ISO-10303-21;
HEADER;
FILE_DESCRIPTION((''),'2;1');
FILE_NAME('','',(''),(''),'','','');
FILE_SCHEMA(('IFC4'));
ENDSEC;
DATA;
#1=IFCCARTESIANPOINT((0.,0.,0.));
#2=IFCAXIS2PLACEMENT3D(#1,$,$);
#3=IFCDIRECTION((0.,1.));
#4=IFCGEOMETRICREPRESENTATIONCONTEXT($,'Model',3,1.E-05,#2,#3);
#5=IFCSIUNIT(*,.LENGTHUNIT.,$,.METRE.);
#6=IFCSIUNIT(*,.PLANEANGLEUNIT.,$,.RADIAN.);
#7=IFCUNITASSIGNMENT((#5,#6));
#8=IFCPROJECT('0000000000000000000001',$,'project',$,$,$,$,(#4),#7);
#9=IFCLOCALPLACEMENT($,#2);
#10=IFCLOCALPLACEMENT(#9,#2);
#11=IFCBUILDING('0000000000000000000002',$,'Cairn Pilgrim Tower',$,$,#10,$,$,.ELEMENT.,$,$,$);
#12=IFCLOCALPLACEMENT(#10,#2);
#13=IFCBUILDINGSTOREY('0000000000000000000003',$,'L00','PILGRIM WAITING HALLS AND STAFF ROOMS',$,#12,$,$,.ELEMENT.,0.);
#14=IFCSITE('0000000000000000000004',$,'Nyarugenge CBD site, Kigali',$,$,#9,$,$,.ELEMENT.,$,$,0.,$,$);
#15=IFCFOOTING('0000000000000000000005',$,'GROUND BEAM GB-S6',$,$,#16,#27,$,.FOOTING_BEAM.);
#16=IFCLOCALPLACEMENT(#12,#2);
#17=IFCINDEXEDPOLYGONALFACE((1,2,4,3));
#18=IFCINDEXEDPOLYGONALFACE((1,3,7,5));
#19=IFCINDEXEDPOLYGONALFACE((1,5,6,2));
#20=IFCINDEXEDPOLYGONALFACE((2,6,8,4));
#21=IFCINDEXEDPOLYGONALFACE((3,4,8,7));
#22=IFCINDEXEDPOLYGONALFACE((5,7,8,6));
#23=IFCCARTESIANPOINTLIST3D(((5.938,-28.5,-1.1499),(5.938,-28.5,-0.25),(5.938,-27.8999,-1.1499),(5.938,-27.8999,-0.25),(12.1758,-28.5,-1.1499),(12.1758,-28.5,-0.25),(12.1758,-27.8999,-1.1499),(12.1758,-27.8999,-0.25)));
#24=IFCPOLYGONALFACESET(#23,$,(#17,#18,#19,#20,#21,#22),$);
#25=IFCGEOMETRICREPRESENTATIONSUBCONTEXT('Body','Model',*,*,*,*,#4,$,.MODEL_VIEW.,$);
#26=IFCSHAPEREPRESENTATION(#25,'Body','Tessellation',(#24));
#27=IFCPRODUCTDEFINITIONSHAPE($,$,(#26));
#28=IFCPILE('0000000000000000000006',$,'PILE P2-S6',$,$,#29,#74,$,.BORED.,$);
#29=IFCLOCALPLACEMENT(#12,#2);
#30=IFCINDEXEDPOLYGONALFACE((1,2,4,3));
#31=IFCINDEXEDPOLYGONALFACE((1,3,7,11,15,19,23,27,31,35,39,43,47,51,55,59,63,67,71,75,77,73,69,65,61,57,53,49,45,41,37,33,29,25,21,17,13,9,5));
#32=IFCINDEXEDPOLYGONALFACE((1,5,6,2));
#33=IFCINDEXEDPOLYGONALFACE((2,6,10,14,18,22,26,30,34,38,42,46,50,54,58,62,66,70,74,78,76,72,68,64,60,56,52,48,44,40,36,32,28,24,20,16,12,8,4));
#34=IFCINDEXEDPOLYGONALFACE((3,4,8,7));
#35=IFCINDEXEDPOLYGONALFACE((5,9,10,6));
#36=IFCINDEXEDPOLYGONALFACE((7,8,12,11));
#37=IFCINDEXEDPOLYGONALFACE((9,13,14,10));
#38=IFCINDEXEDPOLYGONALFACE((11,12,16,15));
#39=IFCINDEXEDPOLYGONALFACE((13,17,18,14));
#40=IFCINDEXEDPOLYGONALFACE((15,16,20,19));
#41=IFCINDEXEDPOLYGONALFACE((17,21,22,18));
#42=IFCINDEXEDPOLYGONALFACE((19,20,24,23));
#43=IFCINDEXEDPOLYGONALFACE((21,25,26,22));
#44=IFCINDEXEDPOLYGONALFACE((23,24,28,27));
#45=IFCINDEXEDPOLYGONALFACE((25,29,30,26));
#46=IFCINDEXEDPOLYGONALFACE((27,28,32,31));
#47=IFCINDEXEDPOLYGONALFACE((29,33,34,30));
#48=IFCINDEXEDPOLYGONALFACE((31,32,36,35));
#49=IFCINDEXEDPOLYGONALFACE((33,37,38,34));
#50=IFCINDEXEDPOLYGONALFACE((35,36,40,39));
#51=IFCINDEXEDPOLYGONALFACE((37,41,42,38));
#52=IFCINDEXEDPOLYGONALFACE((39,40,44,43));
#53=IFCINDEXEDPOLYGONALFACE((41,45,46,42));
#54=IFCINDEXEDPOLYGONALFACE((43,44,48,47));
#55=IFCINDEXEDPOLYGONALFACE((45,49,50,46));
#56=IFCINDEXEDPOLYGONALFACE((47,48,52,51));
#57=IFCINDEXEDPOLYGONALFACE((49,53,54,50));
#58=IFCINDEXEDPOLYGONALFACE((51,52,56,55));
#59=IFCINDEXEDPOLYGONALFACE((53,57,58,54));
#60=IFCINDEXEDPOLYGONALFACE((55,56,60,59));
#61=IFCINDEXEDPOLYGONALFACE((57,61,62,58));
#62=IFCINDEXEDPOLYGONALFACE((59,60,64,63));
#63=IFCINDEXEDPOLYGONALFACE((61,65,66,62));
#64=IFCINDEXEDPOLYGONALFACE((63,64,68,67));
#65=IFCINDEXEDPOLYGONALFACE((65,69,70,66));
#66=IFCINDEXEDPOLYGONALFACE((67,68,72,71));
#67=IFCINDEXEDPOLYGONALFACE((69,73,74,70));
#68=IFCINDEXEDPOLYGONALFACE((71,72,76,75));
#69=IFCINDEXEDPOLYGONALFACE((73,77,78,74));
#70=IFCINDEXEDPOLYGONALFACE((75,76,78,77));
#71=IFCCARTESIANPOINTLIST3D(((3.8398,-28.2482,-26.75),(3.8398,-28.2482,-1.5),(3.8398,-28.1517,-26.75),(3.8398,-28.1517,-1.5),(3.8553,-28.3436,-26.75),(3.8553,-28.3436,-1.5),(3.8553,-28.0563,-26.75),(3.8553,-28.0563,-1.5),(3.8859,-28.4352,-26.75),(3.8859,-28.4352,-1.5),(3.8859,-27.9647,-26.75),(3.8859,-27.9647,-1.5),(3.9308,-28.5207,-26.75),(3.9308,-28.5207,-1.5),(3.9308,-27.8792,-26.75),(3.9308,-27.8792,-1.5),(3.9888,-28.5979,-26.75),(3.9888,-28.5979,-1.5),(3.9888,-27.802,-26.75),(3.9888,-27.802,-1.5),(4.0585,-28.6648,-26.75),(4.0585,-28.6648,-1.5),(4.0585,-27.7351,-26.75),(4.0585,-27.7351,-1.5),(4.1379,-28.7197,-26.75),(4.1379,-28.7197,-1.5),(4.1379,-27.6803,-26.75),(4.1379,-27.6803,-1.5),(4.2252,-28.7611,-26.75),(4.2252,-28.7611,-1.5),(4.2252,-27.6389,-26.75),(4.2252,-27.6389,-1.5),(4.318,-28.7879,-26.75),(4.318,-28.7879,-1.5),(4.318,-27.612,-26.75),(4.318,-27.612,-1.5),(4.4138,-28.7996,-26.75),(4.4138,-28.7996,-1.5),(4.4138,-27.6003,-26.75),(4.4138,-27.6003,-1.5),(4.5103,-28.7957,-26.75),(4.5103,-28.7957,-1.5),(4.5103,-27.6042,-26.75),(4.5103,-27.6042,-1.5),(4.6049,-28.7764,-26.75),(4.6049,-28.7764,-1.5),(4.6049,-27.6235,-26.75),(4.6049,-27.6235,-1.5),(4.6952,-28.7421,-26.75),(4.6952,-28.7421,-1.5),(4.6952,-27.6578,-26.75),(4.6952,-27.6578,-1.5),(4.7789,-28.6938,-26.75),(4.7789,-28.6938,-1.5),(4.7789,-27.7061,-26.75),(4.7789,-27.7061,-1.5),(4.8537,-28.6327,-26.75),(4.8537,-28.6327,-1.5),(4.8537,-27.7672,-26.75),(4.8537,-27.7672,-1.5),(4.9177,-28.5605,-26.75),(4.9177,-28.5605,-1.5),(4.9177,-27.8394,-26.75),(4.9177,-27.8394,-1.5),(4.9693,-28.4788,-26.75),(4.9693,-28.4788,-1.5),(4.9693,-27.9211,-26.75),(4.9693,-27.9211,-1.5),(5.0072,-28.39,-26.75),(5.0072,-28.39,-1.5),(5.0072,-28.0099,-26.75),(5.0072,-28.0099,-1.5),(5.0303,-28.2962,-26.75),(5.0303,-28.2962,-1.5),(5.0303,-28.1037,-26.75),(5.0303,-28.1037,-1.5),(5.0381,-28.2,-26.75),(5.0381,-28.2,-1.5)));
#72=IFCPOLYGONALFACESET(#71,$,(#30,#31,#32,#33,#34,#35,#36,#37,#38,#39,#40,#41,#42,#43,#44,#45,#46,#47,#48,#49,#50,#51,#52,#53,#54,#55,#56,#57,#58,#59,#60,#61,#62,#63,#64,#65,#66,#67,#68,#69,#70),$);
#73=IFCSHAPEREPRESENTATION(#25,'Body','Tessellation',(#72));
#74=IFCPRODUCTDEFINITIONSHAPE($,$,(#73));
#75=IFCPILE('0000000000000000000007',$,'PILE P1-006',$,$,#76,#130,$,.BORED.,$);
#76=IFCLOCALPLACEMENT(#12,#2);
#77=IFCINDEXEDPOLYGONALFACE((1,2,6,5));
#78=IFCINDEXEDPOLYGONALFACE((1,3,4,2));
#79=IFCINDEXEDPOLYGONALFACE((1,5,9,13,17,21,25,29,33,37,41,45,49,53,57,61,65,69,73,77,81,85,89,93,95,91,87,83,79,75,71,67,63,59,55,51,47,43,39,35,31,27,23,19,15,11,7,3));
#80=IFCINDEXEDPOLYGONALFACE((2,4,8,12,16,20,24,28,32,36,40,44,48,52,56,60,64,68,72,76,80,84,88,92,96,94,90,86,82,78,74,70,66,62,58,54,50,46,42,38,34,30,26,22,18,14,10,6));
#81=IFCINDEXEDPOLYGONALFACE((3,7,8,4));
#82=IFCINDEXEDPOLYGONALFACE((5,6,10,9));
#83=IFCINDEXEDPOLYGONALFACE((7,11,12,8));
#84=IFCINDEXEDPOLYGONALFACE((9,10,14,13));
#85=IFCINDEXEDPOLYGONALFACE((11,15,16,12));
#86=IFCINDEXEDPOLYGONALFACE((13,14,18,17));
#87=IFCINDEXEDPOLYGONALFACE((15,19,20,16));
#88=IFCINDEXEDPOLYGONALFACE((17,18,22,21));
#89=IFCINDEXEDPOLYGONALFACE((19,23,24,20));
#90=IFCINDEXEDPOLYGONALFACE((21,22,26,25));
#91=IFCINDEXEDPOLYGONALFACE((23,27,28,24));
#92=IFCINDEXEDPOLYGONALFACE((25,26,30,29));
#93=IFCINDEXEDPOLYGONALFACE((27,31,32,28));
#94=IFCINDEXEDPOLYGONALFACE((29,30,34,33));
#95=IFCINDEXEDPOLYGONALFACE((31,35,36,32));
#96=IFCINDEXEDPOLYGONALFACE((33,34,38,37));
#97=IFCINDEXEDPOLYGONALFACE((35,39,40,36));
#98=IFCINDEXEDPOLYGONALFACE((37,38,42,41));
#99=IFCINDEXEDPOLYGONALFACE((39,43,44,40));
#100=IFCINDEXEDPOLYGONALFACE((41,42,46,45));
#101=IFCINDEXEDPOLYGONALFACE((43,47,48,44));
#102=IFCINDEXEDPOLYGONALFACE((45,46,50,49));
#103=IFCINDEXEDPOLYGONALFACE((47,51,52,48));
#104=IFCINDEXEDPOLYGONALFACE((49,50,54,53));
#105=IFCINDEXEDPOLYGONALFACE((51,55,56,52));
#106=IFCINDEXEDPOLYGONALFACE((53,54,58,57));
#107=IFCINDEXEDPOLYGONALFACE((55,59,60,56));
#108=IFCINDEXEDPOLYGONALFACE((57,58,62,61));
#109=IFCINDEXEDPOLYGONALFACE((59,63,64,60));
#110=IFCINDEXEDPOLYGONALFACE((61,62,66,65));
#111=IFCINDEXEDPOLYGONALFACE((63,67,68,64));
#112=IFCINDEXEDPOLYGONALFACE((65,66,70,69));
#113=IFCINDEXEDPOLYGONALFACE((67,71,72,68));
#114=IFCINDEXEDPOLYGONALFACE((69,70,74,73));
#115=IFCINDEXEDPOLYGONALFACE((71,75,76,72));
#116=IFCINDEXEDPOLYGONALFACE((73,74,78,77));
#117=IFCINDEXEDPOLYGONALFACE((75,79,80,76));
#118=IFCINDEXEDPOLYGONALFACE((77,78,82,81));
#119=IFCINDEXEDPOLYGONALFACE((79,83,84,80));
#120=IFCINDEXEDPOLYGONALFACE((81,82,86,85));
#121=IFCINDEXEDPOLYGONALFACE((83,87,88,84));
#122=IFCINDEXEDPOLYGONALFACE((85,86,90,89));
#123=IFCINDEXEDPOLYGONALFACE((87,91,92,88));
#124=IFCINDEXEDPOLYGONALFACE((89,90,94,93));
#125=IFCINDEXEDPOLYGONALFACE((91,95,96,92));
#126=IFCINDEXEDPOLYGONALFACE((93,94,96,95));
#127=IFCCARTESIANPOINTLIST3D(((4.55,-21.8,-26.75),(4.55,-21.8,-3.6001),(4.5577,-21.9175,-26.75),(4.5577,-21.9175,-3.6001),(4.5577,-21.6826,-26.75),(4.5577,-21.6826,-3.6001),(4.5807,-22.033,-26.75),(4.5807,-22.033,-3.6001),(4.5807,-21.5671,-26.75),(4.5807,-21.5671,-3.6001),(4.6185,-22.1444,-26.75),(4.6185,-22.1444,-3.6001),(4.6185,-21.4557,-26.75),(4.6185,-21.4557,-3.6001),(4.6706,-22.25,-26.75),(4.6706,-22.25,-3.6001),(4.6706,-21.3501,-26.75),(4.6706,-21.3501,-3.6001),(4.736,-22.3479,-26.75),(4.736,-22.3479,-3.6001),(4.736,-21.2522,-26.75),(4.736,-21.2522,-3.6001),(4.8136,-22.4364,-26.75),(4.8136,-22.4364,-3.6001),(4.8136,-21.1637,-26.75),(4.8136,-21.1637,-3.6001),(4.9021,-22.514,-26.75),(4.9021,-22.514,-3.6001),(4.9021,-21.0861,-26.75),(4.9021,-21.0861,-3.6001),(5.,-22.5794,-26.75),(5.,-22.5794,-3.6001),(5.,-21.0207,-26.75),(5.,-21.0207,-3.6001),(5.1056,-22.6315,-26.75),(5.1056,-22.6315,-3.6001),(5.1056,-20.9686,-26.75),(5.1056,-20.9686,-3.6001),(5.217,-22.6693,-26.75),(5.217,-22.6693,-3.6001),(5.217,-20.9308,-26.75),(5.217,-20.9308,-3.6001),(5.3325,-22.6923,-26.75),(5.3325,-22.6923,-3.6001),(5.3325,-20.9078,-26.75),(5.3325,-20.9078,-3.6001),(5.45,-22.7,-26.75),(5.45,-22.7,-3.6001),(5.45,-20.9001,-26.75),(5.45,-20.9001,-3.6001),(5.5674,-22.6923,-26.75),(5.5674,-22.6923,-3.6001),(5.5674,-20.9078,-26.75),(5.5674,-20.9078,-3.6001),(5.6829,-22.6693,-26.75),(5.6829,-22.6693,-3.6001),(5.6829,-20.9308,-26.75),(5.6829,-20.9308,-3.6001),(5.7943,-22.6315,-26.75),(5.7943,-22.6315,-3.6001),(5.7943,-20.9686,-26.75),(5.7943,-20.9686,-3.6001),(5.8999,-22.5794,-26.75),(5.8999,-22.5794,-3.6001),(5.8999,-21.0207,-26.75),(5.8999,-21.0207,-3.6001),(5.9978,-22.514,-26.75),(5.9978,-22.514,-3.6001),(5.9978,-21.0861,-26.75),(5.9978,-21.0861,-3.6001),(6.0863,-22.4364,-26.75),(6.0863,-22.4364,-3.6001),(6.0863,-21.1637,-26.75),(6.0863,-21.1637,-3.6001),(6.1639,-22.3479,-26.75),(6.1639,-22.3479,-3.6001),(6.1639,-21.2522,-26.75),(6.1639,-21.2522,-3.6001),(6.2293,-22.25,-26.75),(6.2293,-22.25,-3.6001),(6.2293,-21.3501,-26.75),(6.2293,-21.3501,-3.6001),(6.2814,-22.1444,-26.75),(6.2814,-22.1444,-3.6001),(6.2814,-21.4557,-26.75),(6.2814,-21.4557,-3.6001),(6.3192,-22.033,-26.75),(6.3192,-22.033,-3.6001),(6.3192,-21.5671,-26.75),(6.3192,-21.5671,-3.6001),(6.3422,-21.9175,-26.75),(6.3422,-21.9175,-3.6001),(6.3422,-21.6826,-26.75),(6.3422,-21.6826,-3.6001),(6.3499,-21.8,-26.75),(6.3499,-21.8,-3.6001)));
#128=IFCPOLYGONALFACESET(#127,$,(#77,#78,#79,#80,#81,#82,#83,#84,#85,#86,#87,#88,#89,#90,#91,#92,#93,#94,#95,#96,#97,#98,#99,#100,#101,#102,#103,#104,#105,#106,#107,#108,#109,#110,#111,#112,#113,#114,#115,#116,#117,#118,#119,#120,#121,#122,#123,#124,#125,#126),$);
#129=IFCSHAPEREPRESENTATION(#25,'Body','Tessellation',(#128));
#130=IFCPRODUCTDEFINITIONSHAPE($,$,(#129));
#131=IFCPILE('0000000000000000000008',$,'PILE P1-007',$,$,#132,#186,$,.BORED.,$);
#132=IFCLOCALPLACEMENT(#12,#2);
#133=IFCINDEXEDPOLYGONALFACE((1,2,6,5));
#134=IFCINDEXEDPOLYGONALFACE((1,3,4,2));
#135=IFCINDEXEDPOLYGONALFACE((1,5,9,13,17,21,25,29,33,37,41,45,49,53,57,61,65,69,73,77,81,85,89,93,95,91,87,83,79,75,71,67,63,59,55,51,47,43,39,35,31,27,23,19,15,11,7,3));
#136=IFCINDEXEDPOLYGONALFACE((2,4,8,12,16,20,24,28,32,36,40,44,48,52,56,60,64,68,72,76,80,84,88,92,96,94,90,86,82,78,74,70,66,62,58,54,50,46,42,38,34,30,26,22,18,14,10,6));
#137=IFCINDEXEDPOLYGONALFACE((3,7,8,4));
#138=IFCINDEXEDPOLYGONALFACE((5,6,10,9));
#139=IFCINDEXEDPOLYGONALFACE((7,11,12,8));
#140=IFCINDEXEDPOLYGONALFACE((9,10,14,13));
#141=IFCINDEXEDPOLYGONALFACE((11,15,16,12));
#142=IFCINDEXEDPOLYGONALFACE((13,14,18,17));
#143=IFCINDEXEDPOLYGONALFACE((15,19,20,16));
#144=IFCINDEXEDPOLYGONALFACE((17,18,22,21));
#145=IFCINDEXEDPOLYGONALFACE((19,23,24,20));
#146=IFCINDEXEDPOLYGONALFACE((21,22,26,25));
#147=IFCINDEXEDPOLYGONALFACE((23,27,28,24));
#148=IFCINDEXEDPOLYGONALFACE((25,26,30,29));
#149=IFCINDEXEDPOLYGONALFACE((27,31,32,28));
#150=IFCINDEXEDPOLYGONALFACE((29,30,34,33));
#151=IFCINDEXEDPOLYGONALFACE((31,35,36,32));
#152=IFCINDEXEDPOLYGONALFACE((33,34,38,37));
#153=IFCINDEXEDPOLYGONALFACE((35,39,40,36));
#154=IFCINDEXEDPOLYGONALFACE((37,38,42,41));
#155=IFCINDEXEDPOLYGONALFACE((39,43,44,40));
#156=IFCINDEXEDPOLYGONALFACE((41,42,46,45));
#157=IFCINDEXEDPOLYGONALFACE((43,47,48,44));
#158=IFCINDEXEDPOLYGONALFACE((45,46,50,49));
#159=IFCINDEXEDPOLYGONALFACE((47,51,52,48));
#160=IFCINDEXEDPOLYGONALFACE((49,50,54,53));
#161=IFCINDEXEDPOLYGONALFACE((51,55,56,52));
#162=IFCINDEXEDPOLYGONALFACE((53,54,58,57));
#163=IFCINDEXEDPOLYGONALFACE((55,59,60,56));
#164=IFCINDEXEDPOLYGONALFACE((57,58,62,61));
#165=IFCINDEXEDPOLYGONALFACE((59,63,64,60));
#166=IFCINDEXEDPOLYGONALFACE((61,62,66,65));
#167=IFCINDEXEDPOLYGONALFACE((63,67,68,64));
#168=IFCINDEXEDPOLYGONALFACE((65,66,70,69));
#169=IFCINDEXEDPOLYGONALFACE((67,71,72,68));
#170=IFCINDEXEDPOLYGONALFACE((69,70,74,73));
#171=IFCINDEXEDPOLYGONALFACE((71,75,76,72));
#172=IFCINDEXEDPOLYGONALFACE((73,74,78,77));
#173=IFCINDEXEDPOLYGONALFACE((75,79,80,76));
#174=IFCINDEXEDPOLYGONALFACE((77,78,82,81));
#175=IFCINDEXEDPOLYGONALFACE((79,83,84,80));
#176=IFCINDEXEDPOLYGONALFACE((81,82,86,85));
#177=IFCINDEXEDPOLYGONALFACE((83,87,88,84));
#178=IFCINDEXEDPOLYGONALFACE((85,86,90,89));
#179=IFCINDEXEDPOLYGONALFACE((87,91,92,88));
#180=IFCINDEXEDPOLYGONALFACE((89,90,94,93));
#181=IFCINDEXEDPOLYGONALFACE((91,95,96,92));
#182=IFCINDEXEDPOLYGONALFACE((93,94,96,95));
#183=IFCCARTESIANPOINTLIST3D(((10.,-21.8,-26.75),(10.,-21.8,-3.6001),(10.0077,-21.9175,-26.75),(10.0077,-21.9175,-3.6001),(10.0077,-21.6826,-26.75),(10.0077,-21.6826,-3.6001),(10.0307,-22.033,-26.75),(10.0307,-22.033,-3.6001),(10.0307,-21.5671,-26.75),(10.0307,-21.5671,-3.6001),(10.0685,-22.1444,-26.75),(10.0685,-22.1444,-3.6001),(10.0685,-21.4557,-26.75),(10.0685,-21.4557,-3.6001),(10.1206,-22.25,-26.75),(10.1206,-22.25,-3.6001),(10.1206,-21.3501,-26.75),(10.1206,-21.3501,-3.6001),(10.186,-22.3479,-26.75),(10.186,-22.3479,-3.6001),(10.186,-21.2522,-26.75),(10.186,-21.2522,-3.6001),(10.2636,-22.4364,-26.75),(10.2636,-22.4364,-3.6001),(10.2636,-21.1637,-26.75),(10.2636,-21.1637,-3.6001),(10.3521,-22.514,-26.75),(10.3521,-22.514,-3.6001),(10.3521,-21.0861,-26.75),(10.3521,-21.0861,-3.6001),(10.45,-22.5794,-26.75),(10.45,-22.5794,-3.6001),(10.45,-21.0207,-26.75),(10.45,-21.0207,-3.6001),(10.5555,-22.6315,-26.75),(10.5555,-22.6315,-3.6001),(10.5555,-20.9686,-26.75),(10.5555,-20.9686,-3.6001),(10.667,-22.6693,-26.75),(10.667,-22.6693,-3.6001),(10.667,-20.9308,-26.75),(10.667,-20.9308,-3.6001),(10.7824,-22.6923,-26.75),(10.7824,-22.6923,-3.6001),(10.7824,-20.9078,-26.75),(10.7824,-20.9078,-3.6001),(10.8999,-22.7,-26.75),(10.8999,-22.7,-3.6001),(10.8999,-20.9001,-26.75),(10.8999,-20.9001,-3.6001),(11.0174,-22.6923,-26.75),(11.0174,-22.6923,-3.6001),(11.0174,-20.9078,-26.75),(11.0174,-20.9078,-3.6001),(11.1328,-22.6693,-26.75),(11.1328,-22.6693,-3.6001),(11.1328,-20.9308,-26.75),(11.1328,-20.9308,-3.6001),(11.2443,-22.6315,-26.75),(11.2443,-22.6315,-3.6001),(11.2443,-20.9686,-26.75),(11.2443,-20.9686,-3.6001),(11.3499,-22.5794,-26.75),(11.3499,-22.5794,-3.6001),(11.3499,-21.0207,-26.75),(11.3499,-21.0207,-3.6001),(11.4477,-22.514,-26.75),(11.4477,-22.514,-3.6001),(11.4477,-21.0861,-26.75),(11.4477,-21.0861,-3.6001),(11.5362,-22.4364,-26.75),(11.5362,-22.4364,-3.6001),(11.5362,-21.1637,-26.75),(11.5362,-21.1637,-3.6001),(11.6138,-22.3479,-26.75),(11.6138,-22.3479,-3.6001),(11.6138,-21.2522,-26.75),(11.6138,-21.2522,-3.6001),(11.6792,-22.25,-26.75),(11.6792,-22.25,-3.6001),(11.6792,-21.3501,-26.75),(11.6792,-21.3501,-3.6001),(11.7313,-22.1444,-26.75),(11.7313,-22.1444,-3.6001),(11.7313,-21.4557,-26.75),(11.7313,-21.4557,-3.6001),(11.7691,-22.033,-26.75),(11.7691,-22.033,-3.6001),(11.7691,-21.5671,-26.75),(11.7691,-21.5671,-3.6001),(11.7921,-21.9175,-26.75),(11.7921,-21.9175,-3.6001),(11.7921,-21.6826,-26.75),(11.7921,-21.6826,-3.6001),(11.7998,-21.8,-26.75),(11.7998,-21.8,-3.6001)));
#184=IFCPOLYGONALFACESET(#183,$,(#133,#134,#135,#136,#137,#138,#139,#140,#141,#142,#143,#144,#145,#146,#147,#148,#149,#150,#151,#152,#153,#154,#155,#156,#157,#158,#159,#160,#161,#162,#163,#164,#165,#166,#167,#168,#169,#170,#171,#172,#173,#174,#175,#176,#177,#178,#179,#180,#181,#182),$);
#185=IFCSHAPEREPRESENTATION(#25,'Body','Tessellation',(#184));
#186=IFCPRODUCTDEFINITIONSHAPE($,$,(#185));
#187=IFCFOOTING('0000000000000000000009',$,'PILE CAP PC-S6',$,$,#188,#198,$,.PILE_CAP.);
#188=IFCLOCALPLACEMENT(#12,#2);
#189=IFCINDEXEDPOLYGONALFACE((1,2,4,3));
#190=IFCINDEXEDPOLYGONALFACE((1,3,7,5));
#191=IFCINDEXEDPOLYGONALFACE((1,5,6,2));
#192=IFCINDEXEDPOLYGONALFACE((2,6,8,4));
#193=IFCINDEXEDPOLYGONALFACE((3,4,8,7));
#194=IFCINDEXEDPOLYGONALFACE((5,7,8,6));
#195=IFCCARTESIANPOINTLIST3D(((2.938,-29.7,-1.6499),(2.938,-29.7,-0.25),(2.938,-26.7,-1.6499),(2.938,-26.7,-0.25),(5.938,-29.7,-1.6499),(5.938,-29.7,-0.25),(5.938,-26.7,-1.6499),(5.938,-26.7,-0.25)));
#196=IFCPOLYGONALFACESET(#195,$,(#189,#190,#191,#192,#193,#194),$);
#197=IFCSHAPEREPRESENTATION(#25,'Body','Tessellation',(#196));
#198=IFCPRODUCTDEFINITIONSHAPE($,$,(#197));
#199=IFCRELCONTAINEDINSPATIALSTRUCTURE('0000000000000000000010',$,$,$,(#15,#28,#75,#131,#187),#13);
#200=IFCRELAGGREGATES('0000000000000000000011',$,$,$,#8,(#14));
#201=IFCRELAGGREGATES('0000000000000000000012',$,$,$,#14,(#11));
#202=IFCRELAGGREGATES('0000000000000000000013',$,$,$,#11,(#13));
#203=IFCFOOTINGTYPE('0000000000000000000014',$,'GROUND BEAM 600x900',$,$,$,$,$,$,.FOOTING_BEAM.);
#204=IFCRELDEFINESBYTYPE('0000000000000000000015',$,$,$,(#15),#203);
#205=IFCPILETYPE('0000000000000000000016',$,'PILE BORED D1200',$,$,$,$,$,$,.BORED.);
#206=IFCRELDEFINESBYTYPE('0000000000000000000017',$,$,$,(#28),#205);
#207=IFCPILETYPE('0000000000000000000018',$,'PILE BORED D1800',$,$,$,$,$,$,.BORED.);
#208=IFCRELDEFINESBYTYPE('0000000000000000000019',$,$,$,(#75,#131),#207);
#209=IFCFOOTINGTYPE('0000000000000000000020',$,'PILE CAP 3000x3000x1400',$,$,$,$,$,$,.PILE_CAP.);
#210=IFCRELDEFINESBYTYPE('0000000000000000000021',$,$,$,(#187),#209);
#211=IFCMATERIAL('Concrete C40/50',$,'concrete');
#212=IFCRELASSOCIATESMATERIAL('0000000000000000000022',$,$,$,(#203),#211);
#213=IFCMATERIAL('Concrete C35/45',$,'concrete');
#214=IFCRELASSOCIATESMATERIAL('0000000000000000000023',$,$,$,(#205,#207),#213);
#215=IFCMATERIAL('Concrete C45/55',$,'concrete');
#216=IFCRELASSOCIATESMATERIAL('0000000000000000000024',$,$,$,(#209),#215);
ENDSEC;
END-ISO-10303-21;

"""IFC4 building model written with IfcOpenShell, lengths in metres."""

from ifc_helpers import new_model, si_unit, direction, frame, origin, origin_2d, place, context, subcontext, project, spatial, rectangle, circle, extrude, material, material_profile, profile_set, type_object, element, save


model = new_model("IFC4")

# Units and contexts
model_context = context("Model", 3, precision=1e-05, world=origin(), true_north=direction((0.0, 1.0)))
body_context = subcontext(model_context, "Body", "Model", "MODEL_VIEW")
ifc_project = project(units=[si_unit("LENGTHUNIT", "METRE"), si_unit("PLANEANGLEUNIT", "RADIAN")], contexts=[model_context])

# Site, building, storey
site_placement = place(None, origin())
site = spatial("IfcSite", under=ifc_project, at=site_placement, Name="Nyarugenge CBD site, Kigali", CompositionType="ELEMENT", RefElevation=0.0)
building_placement = place(site_placement, origin())
building = spatial("IfcBuilding", under=site, at=building_placement, Name="Cairn Pilgrim Tower", CompositionType="ELEMENT")
storey_placement = place(building_placement, origin())
storey = spatial("IfcBuildingStorey", under=building, at=storey_placement, Name="L00", Description="PILGRIM WAITING HALLS AND STAFF ROOMS", CompositionType="ELEMENT", Elevation=0.0)

# Footing
ifc_material_1 = material(Name="Concrete C40/50", Category="concrete")
footing_type_1 = type_object("IfcFootingType", Name="GROUND BEAM 600x900", PredefinedType="FOOTING_BEAM", material=ifc_material_1)
footing_1_placement = place(storey_placement, frame((9.0569, -28.2, -1.1499), z_axis=(0.0, 0.0, 1.0), x_axis=(1.0, 0.0, 0.0)))
element("IfcFooting", 1, at=footing_1_placement, inside=storey, type_object=footing_type_1, Name="GROUND BEAM GB-S6", PredefinedType="FOOTING_BEAM", context=body_context, shape_type="SweptSolid", body=[
    extrude(rectangle(XDim=6.2378, YDim=0.6001, at=origin_2d()), origin(), (0.0, 0.0, 1.0), 0.8999),
])

# Piles
ifc_material_2 = material(Name="Concrete C35/45", Category="concrete")
ifc_material_profile_1 = material_profile(ifc_material_2, circle(Radius=0.6001, at=origin_2d()), Name="D1200")
ifc_profile_set_1 = profile_set([ifc_material_profile_1], Name="Concrete C35/45")
pile_type_1 = type_object("IfcPileType", Name="PILE BORED D1200", PredefinedType="BORED", material=ifc_profile_set_1)
pile_placement = place(storey_placement, frame((4.438, -28.2, -1.5), z_axis=(0.0, 0.0, -1.0), x_axis=(1.0, 0.0, 0.0)))
element("IfcPile", 2, at=pile_placement, inside=storey, type_object=pile_type_1, Name="PILE P2-S6", PredefinedType="BORED", context=body_context, shape_type="SweptSolid", body=[
    extrude(circle(Radius=0.6001, at=origin_2d()), origin(), (0.0, 0.0, 1.0), 25.25),
])
ifc_material_profile_2 = material_profile(ifc_material_2, circle(Radius=0.8999, at=origin_2d()), Name="D1800")
ifc_profile_set_2 = profile_set([ifc_material_profile_2], Name="Concrete C35/45")
pile_type_2 = type_object("IfcPileType", Name="PILE BORED D1800", PredefinedType="BORED", material=ifc_profile_set_2)
for number, where, z_axis, x_axis, name in (
    (3, (5.45, -21.8, -3.6001), (0.0, 0.0, -1.0), (1.0, 0.0, 0.0), "PILE P1-006"),
    (4, (10.8999, -21.8, -3.6001), (0.0, 0.0, -1.0), (1.0, 0.0, 0.0), "PILE P1-007"),
):
    element("IfcPile", number, at=place(storey_placement, frame(where, z_axis=z_axis, x_axis=x_axis)), inside=storey, type_object=pile_type_2, Name=name, PredefinedType="BORED", context=body_context, shape_type="SweptSolid", body=[
        extrude(circle(Radius=0.8999, at=origin_2d()), origin(), (0.0, 0.0, 1.0), 23.1499),
    ])

# Footing
ifc_material_3 = material(Name="Concrete C45/55", Category="concrete")
footing_type_2 = type_object("IfcFootingType", Name="PILE CAP 3000x3000x1400", PredefinedType="PILE_CAP", material=ifc_material_3)
footing_2_placement = place(storey_placement, frame((4.438, -28.2, -1.6499), z_axis=(0.0, 0.0, 1.0), x_axis=(1.0, 0.0, 0.0)))
element("IfcFooting", 5, at=footing_2_placement, inside=storey, type_object=footing_type_2, Name="PILE CAP PC-S6", PredefinedType="PILE_CAP", context=body_context, shape_type="SweptSolid", body=[
    extrude(rectangle(XDim=3.0, YDim=3.0, at=origin_2d()), origin(), (0.0, 0.0, 1.0), 1.3999),
])

save(model, "model.ifc")
